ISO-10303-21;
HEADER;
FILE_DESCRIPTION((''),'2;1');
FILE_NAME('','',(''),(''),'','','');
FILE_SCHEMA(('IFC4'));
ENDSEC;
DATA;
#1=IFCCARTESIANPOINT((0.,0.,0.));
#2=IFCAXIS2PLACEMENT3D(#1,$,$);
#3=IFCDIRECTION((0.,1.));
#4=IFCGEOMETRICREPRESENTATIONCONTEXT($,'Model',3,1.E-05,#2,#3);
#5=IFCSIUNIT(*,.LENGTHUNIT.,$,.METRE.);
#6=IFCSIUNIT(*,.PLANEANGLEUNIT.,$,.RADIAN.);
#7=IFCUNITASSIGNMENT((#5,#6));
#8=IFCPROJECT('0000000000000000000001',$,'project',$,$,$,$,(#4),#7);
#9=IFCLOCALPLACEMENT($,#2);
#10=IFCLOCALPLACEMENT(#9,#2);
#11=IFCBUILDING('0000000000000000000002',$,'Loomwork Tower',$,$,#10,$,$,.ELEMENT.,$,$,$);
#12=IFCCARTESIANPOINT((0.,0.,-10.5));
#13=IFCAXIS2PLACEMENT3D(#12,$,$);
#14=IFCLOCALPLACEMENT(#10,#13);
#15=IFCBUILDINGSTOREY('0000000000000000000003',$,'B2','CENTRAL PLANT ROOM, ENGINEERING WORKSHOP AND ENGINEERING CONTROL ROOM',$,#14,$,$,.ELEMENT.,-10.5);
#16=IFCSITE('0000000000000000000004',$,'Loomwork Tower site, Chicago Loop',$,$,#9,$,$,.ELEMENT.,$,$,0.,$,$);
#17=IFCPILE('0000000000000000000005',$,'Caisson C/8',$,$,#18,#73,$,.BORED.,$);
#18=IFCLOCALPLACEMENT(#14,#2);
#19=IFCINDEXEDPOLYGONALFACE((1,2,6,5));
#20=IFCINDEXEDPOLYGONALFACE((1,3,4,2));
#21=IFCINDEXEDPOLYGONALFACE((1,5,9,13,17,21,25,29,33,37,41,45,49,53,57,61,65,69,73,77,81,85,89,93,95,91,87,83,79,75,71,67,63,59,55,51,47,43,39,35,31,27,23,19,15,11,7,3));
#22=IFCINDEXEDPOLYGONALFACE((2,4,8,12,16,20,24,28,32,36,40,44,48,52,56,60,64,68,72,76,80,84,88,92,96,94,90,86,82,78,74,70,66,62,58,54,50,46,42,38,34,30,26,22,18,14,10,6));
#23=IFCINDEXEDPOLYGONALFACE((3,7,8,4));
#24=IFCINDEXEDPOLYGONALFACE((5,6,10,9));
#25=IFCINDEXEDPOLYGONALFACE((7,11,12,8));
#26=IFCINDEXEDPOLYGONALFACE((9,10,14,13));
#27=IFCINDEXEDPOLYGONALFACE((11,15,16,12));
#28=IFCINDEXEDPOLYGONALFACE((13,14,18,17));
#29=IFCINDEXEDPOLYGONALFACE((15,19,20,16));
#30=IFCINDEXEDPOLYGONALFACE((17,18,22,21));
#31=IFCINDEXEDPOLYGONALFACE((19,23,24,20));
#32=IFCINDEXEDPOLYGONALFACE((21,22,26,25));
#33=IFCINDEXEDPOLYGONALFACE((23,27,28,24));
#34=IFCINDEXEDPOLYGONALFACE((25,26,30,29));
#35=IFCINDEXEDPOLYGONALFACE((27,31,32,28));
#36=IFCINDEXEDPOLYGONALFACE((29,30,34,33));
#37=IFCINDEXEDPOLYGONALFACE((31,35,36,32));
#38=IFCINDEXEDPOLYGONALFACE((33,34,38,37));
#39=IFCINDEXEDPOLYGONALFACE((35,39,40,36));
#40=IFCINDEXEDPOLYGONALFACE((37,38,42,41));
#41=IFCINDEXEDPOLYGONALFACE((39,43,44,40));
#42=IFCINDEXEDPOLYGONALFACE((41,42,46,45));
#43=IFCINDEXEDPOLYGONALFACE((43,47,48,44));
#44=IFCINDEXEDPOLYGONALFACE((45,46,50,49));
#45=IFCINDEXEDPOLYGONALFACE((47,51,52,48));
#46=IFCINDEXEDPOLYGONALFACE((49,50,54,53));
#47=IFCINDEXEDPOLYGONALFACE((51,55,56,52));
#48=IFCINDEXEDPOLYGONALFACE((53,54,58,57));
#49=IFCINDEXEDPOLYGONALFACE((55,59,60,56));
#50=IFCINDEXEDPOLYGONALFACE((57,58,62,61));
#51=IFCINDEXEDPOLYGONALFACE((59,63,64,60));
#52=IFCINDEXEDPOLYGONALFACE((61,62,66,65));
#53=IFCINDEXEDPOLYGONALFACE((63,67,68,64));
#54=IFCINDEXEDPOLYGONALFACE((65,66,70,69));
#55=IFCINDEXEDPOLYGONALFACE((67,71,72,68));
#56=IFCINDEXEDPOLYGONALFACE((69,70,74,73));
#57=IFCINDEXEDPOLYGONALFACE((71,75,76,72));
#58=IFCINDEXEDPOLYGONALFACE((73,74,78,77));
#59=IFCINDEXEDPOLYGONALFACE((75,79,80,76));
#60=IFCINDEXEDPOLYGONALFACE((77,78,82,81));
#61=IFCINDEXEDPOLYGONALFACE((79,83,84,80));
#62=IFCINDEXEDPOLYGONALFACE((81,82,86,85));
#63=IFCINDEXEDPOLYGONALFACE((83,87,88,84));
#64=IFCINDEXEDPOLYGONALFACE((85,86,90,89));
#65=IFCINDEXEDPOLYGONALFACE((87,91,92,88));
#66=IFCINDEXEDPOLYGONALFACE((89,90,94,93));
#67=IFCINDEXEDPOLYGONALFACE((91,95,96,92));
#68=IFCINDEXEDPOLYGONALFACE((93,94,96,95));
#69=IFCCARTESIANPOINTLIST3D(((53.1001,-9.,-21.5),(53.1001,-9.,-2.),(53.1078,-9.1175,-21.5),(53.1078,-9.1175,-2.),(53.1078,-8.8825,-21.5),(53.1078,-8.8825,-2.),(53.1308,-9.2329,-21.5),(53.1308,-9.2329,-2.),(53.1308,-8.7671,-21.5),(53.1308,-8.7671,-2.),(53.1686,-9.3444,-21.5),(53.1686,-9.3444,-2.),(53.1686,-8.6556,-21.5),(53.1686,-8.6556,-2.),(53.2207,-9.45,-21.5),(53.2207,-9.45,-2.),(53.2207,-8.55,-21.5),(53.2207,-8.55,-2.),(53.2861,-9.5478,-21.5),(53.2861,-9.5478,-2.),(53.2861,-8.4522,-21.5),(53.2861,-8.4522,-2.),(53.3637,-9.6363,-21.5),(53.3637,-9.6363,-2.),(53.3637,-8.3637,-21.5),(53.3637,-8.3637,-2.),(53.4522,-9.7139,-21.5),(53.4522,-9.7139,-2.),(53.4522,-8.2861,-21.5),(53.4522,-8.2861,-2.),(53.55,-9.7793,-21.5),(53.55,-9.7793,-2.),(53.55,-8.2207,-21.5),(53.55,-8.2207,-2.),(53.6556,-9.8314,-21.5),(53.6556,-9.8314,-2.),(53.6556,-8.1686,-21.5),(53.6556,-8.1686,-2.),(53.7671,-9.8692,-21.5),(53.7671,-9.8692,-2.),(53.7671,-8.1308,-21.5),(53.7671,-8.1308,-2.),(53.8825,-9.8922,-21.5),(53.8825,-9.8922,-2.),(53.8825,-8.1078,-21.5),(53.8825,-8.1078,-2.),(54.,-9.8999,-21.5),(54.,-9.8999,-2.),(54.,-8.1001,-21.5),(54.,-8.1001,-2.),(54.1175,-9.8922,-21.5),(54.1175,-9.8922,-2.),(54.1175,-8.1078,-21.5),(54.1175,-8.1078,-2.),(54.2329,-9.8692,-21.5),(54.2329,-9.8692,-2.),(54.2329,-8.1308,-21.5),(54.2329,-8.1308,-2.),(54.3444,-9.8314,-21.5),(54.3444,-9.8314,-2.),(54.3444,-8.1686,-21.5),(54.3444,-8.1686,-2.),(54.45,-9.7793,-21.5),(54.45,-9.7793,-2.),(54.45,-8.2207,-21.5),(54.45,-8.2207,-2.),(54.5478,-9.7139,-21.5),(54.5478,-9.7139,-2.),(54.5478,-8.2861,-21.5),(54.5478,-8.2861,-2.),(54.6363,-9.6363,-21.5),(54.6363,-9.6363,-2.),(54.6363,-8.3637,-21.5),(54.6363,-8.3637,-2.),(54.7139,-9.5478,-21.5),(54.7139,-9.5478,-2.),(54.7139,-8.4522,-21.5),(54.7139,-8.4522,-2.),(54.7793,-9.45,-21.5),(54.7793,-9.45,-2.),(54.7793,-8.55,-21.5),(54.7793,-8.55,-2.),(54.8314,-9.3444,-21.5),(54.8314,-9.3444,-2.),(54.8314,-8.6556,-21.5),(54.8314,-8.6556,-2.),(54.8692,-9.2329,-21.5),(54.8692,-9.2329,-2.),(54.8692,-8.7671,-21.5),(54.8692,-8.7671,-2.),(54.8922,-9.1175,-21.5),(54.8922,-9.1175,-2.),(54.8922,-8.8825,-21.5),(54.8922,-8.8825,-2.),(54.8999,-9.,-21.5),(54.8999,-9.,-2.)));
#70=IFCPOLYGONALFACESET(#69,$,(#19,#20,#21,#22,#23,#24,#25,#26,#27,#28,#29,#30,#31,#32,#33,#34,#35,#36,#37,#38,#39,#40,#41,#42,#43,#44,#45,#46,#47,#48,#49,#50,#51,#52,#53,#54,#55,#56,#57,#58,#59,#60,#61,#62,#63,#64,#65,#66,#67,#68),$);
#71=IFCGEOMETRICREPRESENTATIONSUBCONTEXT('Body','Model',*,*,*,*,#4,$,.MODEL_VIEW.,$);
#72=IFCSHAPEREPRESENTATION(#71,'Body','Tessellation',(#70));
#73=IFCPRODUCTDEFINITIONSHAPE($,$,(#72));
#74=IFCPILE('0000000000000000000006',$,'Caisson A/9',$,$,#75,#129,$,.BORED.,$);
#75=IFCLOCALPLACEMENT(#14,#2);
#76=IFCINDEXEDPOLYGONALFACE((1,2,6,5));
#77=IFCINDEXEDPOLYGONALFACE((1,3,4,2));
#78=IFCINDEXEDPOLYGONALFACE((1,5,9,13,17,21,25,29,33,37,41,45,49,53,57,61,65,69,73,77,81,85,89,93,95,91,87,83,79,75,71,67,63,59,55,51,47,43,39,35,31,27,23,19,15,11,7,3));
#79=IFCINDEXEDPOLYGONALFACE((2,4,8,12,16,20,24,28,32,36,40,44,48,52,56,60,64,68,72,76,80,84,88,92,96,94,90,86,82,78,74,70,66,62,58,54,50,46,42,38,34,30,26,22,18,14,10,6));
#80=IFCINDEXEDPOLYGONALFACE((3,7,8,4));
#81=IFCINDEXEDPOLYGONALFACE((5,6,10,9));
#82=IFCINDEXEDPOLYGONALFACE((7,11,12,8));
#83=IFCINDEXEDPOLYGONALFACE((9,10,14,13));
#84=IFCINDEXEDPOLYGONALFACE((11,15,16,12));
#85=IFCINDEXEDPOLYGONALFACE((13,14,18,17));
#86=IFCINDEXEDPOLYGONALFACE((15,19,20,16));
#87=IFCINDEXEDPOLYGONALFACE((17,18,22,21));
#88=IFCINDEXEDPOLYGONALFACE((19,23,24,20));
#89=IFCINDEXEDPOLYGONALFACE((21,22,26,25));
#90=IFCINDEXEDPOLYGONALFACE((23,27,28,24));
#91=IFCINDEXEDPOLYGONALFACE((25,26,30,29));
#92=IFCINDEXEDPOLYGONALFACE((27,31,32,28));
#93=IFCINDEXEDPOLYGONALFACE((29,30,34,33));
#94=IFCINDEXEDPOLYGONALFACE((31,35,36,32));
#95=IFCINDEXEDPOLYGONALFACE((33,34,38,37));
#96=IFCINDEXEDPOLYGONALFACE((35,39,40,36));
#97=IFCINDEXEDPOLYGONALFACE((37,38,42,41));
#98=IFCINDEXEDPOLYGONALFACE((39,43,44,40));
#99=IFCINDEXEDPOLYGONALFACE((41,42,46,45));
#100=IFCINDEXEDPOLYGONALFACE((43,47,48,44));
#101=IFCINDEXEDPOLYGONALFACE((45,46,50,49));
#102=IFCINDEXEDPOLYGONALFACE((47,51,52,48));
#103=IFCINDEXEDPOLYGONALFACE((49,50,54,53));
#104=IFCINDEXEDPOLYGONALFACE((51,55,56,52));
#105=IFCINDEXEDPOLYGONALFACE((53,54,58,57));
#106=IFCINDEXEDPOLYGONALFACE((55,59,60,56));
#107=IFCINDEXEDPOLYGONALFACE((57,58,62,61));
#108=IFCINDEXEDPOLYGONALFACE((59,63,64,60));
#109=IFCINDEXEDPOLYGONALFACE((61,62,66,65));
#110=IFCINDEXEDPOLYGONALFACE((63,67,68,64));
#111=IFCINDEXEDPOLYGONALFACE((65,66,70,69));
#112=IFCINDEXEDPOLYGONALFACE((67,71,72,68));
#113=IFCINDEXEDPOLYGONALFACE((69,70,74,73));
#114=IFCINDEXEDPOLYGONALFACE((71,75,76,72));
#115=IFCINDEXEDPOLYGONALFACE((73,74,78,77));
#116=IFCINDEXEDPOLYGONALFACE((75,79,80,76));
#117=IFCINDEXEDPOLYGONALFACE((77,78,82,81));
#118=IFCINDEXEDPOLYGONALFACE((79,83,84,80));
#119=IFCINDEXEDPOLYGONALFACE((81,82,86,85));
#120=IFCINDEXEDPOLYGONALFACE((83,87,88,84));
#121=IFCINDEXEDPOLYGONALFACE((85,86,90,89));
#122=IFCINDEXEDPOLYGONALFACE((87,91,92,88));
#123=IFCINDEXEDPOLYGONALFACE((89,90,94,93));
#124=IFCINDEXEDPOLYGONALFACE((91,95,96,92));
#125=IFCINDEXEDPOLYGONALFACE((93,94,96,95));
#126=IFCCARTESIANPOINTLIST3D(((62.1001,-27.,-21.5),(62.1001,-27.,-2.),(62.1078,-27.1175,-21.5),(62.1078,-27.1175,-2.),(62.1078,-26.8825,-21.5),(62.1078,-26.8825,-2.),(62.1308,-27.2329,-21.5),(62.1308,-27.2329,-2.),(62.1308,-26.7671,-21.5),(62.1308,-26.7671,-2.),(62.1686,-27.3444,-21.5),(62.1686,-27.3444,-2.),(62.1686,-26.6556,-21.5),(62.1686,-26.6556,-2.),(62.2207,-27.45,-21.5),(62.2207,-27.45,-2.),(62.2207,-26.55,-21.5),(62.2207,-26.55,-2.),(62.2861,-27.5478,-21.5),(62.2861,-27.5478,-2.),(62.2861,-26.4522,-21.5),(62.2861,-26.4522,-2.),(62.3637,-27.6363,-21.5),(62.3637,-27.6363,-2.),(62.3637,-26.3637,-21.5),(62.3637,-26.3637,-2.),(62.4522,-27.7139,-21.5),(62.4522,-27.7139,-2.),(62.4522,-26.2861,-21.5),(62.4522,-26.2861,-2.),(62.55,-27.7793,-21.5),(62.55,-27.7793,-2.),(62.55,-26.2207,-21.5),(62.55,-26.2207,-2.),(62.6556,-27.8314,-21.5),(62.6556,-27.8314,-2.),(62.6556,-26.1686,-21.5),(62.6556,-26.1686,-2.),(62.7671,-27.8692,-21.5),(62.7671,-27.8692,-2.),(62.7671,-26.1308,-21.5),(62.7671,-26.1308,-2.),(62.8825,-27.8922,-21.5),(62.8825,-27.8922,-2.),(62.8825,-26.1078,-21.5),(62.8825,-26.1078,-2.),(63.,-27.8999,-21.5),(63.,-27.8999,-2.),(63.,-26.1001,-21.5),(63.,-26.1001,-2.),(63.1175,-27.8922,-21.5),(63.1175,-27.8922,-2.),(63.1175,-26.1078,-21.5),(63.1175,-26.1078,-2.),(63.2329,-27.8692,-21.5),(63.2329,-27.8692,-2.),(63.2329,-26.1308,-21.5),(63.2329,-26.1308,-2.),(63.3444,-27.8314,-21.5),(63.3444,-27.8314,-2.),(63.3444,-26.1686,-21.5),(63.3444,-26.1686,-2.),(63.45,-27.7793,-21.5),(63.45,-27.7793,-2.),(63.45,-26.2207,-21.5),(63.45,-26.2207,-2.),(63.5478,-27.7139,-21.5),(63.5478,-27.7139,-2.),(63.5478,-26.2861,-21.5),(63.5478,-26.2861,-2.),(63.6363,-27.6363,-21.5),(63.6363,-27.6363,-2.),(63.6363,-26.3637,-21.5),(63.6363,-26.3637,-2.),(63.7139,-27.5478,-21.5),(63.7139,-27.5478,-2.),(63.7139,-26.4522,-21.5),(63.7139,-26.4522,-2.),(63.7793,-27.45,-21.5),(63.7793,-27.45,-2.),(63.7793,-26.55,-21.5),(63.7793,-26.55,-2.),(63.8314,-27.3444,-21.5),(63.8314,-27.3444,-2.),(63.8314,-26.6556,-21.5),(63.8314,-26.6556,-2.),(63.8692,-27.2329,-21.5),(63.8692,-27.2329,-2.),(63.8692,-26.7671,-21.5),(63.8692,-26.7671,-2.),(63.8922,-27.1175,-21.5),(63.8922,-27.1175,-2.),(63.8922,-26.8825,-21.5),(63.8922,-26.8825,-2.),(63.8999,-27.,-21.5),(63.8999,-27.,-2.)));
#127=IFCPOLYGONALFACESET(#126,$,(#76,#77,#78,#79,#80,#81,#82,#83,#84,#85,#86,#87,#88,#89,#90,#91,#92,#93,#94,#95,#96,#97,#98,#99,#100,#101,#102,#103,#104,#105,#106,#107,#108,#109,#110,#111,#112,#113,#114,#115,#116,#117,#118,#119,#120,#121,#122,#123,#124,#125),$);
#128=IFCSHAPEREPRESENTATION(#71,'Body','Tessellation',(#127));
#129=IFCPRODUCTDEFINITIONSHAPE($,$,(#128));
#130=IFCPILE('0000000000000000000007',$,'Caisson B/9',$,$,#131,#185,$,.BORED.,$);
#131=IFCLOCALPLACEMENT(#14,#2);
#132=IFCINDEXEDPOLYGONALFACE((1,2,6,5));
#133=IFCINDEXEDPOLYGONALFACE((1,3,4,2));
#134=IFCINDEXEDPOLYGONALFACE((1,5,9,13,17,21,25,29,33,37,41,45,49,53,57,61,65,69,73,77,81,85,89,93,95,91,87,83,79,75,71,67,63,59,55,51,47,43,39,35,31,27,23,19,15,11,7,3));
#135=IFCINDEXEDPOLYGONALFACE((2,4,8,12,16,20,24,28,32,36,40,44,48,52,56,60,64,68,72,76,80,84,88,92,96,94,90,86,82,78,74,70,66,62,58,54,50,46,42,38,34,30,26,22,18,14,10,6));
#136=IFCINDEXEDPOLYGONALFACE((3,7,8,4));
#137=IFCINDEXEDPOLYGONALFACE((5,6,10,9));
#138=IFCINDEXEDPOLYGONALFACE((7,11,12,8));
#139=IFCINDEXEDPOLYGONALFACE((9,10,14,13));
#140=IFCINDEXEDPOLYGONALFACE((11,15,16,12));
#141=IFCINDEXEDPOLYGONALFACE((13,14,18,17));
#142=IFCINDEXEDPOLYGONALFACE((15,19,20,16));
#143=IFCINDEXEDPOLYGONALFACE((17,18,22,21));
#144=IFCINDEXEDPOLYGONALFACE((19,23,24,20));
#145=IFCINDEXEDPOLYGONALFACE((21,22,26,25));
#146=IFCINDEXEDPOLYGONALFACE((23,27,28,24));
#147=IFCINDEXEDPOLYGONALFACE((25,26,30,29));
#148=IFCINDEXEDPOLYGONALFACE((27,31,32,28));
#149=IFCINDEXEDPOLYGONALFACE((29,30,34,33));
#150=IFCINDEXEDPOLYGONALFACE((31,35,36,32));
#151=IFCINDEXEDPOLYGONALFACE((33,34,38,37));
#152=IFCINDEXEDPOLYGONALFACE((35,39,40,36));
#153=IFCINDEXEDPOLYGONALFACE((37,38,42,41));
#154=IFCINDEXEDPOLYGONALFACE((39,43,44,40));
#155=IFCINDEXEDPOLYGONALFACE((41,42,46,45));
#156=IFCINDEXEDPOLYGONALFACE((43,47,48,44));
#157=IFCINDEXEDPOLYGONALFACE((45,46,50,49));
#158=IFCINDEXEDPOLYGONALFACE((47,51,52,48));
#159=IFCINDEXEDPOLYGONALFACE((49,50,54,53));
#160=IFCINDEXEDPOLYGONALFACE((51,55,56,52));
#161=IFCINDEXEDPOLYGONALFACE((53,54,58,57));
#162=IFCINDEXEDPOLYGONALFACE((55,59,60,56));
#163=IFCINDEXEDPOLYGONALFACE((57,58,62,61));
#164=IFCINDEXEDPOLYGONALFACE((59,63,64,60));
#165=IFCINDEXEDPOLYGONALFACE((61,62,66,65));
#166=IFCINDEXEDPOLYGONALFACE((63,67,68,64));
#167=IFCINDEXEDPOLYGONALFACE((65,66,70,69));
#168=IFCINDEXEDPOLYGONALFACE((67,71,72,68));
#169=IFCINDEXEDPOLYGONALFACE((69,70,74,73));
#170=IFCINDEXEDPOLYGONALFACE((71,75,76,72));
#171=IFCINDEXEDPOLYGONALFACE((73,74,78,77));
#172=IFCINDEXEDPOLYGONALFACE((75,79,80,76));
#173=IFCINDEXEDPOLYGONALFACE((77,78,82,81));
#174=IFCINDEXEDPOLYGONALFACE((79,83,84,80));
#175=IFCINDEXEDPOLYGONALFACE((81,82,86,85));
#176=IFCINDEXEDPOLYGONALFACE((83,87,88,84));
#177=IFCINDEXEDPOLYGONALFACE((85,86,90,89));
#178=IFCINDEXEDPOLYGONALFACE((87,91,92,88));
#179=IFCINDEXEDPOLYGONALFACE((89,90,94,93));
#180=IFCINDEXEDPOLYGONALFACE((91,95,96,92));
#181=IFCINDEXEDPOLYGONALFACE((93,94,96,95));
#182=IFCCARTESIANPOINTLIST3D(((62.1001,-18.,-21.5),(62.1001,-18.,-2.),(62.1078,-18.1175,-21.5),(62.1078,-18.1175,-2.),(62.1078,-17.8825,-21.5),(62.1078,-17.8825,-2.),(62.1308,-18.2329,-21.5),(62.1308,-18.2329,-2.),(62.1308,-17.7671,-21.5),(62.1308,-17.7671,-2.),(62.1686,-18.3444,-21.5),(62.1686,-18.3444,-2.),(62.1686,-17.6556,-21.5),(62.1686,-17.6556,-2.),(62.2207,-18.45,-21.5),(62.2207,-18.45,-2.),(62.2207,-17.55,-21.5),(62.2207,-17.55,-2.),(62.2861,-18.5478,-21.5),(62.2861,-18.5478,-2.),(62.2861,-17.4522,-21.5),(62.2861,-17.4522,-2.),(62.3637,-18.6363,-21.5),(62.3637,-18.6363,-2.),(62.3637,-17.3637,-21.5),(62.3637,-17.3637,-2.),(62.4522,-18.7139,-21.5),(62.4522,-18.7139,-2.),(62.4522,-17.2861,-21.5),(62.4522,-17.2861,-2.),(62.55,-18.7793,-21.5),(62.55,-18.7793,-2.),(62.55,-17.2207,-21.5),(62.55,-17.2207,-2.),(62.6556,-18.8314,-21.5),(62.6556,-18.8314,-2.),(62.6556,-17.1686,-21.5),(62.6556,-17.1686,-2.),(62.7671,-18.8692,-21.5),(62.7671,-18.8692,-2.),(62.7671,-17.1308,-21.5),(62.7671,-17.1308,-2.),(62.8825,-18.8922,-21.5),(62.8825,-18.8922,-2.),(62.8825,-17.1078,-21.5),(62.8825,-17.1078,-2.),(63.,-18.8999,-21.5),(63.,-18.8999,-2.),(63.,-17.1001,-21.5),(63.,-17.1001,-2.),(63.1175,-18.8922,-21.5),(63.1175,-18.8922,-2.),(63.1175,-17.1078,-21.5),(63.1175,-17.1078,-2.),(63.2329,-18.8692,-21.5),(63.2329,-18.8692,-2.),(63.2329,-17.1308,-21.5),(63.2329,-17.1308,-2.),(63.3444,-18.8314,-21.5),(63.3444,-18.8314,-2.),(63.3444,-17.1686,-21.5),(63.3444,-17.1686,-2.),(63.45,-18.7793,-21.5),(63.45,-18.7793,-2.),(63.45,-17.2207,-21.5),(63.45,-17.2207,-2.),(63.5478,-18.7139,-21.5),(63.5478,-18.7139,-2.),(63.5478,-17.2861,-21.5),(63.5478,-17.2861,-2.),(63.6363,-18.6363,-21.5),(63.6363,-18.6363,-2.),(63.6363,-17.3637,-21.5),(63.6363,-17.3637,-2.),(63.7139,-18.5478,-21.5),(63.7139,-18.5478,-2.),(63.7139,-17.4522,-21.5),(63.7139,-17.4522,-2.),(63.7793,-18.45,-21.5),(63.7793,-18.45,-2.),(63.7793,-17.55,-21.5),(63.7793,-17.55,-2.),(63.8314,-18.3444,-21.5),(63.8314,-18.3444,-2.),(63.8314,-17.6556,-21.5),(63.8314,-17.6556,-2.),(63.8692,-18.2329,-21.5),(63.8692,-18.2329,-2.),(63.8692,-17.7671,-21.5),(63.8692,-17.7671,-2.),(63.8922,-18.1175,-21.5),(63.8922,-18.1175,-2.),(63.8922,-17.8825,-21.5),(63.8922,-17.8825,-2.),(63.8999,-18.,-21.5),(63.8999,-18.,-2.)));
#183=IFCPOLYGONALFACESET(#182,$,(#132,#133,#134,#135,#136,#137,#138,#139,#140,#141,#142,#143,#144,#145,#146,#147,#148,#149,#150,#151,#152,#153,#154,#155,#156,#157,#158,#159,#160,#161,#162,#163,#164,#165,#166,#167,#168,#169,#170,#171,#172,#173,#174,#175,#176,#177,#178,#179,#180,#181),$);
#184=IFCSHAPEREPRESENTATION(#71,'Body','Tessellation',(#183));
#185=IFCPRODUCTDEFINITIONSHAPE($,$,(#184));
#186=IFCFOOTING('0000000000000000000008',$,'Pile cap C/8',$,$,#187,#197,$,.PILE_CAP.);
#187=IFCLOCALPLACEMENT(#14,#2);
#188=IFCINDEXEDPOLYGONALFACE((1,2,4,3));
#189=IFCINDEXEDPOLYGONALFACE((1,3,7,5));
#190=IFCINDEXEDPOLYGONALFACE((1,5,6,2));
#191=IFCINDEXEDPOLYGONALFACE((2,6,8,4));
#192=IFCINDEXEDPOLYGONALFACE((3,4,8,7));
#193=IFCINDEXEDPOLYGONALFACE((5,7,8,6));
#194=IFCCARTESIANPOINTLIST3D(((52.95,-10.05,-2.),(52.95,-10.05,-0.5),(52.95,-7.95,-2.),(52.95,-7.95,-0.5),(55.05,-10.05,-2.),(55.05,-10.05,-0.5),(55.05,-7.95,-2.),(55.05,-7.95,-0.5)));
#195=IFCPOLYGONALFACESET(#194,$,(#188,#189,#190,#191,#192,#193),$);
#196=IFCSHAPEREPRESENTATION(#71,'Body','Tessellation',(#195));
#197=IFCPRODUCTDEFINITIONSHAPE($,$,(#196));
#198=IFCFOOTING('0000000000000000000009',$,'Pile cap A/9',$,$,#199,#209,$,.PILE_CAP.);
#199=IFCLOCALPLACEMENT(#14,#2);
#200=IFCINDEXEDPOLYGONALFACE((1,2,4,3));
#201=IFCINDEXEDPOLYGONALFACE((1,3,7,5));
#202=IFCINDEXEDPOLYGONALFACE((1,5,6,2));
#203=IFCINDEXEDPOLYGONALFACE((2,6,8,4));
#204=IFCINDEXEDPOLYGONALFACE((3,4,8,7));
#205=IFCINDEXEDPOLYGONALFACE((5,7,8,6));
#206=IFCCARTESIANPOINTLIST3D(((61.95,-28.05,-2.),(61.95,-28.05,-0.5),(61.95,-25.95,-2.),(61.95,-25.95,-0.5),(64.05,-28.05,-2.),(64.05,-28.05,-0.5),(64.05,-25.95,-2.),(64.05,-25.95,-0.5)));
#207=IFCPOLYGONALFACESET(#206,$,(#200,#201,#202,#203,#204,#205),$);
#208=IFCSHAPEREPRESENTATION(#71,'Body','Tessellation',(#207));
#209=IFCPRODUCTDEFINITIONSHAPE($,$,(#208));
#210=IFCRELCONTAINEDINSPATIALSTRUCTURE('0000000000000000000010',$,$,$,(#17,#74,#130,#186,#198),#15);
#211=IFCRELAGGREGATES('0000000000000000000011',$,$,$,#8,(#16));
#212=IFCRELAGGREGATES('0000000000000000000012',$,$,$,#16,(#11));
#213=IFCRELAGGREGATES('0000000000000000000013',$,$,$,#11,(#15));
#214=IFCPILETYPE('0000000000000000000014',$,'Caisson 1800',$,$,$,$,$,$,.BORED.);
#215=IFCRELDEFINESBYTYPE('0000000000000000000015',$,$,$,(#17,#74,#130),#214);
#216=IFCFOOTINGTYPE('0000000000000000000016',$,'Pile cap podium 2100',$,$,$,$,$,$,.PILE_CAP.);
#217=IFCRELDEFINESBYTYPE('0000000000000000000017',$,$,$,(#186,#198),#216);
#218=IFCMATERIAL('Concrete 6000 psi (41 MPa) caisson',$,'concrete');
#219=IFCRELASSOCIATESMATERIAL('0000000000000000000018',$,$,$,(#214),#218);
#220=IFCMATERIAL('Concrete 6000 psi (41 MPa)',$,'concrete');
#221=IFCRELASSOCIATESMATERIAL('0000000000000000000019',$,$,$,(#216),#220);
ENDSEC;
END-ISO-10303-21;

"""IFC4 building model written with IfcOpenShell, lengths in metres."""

from ifc_helpers import new_model, si_unit, direction, frame, origin, origin_2d, place, context, subcontext, project, spatial, rectangle, circle, extrude, material, material_profile, profile_set, type_object, element, save


model = new_model("IFC4")

# Units and contexts
model_context = context("Model", 3, precision=1e-05, world=origin(), true_north=direction((0.0, 1.0)))
body_context = subcontext(model_context, "Body", "Model", "MODEL_VIEW")
ifc_project = project(units=[si_unit("LENGTHUNIT", "METRE"), si_unit("PLANEANGLEUNIT", "RADIAN")], contexts=[model_context])

# Site, building, storey
site_placement = place(None, origin())
site = spatial("IfcSite", under=ifc_project, at=site_placement, Name="Loomwork Tower site, Chicago Loop", CompositionType="ELEMENT", RefElevation=0.0)
building_placement = place(site_placement, origin())
building = spatial("IfcBuilding", under=site, at=building_placement, Name="Loomwork Tower", CompositionType="ELEMENT")
storey_placement = place(building_placement, frame((0.0, 0.0, -10.5)))
storey = spatial("IfcBuildingStorey", under=building, at=storey_placement, Name="B2", Description="CENTRAL PLANT ROOM, ENGINEERING WORKSHOP AND ENGINEERING CONTROL ROOM", CompositionType="ELEMENT", Elevation=-10.5)

# Piles
ifc_material_1 = material(Name="Concrete 6000 psi (41 MPa) caisson", Category="concrete")
ifc_material_profile_1 = material_profile(ifc_material_1, circle(Radius=0.8999, at=origin_2d()), Name="D1800")
ifc_profile_set_1 = profile_set([ifc_material_profile_1], Name="Concrete 6000 psi (41 MPa) caisson")
pile_type = type_object("IfcPileType", Name="Caisson 1800", PredefinedType="BORED", material=ifc_profile_set_1)
for number, where, z_axis, x_axis, name in (
    (1, (54.0, -9.0, -2.0), (0.0, 0.0, -1.0), (1.0, 0.0, 0.0), "Caisson C/8"),
    (2, (63.0, -27.0, -2.0), (0.0, 0.0, -1.0), (1.0, 0.0, 0.0), "Caisson A/9"),
    (3, (63.0, -18.0, -2.0), (0.0, 0.0, -1.0), (1.0, 0.0, 0.0), "Caisson B/9"),
):
    element("IfcPile", number, at=place(storey_placement, frame(where, z_axis=z_axis, x_axis=x_axis)), inside=storey, type_object=pile_type, Name=name, PredefinedType="BORED", context=body_context, shape_type="SweptSolid", body=[
        extrude(circle(Radius=0.8999, at=origin_2d()), origin(), (0.0, 0.0, 1.0), 19.5),
    ])

# Footings
ifc_material_2 = material(Name="Concrete 6000 psi (41 MPa)", Category="concrete")
footing_type = type_object("IfcFootingType", Name="Pile cap podium 2100", PredefinedType="PILE_CAP", material=ifc_material_2)
for number, where, z_axis, x_axis, name in (
    (4, (54.0, -9.0, -2.0), (0.0, 0.0, 1.0), (1.0, 0.0, 0.0), "Pile cap C/8"),
    (5, (63.0, -27.0, -2.0), (0.0, 0.0, 1.0), (1.0, 0.0, 0.0), "Pile cap A/9"),
):
    element("IfcFooting", number, at=place(storey_placement, frame(where, z_axis=z_axis, x_axis=x_axis)), inside=storey, type_object=footing_type, Name=name, PredefinedType="PILE_CAP", context=body_context, shape_type="SweptSolid", body=[
        extrude(rectangle(XDim=2.1001, YDim=2.1001, at=origin_2d()), origin(), (0.0, 0.0, 1.0), 1.5),
    ])

save(model, "model.ifc")
